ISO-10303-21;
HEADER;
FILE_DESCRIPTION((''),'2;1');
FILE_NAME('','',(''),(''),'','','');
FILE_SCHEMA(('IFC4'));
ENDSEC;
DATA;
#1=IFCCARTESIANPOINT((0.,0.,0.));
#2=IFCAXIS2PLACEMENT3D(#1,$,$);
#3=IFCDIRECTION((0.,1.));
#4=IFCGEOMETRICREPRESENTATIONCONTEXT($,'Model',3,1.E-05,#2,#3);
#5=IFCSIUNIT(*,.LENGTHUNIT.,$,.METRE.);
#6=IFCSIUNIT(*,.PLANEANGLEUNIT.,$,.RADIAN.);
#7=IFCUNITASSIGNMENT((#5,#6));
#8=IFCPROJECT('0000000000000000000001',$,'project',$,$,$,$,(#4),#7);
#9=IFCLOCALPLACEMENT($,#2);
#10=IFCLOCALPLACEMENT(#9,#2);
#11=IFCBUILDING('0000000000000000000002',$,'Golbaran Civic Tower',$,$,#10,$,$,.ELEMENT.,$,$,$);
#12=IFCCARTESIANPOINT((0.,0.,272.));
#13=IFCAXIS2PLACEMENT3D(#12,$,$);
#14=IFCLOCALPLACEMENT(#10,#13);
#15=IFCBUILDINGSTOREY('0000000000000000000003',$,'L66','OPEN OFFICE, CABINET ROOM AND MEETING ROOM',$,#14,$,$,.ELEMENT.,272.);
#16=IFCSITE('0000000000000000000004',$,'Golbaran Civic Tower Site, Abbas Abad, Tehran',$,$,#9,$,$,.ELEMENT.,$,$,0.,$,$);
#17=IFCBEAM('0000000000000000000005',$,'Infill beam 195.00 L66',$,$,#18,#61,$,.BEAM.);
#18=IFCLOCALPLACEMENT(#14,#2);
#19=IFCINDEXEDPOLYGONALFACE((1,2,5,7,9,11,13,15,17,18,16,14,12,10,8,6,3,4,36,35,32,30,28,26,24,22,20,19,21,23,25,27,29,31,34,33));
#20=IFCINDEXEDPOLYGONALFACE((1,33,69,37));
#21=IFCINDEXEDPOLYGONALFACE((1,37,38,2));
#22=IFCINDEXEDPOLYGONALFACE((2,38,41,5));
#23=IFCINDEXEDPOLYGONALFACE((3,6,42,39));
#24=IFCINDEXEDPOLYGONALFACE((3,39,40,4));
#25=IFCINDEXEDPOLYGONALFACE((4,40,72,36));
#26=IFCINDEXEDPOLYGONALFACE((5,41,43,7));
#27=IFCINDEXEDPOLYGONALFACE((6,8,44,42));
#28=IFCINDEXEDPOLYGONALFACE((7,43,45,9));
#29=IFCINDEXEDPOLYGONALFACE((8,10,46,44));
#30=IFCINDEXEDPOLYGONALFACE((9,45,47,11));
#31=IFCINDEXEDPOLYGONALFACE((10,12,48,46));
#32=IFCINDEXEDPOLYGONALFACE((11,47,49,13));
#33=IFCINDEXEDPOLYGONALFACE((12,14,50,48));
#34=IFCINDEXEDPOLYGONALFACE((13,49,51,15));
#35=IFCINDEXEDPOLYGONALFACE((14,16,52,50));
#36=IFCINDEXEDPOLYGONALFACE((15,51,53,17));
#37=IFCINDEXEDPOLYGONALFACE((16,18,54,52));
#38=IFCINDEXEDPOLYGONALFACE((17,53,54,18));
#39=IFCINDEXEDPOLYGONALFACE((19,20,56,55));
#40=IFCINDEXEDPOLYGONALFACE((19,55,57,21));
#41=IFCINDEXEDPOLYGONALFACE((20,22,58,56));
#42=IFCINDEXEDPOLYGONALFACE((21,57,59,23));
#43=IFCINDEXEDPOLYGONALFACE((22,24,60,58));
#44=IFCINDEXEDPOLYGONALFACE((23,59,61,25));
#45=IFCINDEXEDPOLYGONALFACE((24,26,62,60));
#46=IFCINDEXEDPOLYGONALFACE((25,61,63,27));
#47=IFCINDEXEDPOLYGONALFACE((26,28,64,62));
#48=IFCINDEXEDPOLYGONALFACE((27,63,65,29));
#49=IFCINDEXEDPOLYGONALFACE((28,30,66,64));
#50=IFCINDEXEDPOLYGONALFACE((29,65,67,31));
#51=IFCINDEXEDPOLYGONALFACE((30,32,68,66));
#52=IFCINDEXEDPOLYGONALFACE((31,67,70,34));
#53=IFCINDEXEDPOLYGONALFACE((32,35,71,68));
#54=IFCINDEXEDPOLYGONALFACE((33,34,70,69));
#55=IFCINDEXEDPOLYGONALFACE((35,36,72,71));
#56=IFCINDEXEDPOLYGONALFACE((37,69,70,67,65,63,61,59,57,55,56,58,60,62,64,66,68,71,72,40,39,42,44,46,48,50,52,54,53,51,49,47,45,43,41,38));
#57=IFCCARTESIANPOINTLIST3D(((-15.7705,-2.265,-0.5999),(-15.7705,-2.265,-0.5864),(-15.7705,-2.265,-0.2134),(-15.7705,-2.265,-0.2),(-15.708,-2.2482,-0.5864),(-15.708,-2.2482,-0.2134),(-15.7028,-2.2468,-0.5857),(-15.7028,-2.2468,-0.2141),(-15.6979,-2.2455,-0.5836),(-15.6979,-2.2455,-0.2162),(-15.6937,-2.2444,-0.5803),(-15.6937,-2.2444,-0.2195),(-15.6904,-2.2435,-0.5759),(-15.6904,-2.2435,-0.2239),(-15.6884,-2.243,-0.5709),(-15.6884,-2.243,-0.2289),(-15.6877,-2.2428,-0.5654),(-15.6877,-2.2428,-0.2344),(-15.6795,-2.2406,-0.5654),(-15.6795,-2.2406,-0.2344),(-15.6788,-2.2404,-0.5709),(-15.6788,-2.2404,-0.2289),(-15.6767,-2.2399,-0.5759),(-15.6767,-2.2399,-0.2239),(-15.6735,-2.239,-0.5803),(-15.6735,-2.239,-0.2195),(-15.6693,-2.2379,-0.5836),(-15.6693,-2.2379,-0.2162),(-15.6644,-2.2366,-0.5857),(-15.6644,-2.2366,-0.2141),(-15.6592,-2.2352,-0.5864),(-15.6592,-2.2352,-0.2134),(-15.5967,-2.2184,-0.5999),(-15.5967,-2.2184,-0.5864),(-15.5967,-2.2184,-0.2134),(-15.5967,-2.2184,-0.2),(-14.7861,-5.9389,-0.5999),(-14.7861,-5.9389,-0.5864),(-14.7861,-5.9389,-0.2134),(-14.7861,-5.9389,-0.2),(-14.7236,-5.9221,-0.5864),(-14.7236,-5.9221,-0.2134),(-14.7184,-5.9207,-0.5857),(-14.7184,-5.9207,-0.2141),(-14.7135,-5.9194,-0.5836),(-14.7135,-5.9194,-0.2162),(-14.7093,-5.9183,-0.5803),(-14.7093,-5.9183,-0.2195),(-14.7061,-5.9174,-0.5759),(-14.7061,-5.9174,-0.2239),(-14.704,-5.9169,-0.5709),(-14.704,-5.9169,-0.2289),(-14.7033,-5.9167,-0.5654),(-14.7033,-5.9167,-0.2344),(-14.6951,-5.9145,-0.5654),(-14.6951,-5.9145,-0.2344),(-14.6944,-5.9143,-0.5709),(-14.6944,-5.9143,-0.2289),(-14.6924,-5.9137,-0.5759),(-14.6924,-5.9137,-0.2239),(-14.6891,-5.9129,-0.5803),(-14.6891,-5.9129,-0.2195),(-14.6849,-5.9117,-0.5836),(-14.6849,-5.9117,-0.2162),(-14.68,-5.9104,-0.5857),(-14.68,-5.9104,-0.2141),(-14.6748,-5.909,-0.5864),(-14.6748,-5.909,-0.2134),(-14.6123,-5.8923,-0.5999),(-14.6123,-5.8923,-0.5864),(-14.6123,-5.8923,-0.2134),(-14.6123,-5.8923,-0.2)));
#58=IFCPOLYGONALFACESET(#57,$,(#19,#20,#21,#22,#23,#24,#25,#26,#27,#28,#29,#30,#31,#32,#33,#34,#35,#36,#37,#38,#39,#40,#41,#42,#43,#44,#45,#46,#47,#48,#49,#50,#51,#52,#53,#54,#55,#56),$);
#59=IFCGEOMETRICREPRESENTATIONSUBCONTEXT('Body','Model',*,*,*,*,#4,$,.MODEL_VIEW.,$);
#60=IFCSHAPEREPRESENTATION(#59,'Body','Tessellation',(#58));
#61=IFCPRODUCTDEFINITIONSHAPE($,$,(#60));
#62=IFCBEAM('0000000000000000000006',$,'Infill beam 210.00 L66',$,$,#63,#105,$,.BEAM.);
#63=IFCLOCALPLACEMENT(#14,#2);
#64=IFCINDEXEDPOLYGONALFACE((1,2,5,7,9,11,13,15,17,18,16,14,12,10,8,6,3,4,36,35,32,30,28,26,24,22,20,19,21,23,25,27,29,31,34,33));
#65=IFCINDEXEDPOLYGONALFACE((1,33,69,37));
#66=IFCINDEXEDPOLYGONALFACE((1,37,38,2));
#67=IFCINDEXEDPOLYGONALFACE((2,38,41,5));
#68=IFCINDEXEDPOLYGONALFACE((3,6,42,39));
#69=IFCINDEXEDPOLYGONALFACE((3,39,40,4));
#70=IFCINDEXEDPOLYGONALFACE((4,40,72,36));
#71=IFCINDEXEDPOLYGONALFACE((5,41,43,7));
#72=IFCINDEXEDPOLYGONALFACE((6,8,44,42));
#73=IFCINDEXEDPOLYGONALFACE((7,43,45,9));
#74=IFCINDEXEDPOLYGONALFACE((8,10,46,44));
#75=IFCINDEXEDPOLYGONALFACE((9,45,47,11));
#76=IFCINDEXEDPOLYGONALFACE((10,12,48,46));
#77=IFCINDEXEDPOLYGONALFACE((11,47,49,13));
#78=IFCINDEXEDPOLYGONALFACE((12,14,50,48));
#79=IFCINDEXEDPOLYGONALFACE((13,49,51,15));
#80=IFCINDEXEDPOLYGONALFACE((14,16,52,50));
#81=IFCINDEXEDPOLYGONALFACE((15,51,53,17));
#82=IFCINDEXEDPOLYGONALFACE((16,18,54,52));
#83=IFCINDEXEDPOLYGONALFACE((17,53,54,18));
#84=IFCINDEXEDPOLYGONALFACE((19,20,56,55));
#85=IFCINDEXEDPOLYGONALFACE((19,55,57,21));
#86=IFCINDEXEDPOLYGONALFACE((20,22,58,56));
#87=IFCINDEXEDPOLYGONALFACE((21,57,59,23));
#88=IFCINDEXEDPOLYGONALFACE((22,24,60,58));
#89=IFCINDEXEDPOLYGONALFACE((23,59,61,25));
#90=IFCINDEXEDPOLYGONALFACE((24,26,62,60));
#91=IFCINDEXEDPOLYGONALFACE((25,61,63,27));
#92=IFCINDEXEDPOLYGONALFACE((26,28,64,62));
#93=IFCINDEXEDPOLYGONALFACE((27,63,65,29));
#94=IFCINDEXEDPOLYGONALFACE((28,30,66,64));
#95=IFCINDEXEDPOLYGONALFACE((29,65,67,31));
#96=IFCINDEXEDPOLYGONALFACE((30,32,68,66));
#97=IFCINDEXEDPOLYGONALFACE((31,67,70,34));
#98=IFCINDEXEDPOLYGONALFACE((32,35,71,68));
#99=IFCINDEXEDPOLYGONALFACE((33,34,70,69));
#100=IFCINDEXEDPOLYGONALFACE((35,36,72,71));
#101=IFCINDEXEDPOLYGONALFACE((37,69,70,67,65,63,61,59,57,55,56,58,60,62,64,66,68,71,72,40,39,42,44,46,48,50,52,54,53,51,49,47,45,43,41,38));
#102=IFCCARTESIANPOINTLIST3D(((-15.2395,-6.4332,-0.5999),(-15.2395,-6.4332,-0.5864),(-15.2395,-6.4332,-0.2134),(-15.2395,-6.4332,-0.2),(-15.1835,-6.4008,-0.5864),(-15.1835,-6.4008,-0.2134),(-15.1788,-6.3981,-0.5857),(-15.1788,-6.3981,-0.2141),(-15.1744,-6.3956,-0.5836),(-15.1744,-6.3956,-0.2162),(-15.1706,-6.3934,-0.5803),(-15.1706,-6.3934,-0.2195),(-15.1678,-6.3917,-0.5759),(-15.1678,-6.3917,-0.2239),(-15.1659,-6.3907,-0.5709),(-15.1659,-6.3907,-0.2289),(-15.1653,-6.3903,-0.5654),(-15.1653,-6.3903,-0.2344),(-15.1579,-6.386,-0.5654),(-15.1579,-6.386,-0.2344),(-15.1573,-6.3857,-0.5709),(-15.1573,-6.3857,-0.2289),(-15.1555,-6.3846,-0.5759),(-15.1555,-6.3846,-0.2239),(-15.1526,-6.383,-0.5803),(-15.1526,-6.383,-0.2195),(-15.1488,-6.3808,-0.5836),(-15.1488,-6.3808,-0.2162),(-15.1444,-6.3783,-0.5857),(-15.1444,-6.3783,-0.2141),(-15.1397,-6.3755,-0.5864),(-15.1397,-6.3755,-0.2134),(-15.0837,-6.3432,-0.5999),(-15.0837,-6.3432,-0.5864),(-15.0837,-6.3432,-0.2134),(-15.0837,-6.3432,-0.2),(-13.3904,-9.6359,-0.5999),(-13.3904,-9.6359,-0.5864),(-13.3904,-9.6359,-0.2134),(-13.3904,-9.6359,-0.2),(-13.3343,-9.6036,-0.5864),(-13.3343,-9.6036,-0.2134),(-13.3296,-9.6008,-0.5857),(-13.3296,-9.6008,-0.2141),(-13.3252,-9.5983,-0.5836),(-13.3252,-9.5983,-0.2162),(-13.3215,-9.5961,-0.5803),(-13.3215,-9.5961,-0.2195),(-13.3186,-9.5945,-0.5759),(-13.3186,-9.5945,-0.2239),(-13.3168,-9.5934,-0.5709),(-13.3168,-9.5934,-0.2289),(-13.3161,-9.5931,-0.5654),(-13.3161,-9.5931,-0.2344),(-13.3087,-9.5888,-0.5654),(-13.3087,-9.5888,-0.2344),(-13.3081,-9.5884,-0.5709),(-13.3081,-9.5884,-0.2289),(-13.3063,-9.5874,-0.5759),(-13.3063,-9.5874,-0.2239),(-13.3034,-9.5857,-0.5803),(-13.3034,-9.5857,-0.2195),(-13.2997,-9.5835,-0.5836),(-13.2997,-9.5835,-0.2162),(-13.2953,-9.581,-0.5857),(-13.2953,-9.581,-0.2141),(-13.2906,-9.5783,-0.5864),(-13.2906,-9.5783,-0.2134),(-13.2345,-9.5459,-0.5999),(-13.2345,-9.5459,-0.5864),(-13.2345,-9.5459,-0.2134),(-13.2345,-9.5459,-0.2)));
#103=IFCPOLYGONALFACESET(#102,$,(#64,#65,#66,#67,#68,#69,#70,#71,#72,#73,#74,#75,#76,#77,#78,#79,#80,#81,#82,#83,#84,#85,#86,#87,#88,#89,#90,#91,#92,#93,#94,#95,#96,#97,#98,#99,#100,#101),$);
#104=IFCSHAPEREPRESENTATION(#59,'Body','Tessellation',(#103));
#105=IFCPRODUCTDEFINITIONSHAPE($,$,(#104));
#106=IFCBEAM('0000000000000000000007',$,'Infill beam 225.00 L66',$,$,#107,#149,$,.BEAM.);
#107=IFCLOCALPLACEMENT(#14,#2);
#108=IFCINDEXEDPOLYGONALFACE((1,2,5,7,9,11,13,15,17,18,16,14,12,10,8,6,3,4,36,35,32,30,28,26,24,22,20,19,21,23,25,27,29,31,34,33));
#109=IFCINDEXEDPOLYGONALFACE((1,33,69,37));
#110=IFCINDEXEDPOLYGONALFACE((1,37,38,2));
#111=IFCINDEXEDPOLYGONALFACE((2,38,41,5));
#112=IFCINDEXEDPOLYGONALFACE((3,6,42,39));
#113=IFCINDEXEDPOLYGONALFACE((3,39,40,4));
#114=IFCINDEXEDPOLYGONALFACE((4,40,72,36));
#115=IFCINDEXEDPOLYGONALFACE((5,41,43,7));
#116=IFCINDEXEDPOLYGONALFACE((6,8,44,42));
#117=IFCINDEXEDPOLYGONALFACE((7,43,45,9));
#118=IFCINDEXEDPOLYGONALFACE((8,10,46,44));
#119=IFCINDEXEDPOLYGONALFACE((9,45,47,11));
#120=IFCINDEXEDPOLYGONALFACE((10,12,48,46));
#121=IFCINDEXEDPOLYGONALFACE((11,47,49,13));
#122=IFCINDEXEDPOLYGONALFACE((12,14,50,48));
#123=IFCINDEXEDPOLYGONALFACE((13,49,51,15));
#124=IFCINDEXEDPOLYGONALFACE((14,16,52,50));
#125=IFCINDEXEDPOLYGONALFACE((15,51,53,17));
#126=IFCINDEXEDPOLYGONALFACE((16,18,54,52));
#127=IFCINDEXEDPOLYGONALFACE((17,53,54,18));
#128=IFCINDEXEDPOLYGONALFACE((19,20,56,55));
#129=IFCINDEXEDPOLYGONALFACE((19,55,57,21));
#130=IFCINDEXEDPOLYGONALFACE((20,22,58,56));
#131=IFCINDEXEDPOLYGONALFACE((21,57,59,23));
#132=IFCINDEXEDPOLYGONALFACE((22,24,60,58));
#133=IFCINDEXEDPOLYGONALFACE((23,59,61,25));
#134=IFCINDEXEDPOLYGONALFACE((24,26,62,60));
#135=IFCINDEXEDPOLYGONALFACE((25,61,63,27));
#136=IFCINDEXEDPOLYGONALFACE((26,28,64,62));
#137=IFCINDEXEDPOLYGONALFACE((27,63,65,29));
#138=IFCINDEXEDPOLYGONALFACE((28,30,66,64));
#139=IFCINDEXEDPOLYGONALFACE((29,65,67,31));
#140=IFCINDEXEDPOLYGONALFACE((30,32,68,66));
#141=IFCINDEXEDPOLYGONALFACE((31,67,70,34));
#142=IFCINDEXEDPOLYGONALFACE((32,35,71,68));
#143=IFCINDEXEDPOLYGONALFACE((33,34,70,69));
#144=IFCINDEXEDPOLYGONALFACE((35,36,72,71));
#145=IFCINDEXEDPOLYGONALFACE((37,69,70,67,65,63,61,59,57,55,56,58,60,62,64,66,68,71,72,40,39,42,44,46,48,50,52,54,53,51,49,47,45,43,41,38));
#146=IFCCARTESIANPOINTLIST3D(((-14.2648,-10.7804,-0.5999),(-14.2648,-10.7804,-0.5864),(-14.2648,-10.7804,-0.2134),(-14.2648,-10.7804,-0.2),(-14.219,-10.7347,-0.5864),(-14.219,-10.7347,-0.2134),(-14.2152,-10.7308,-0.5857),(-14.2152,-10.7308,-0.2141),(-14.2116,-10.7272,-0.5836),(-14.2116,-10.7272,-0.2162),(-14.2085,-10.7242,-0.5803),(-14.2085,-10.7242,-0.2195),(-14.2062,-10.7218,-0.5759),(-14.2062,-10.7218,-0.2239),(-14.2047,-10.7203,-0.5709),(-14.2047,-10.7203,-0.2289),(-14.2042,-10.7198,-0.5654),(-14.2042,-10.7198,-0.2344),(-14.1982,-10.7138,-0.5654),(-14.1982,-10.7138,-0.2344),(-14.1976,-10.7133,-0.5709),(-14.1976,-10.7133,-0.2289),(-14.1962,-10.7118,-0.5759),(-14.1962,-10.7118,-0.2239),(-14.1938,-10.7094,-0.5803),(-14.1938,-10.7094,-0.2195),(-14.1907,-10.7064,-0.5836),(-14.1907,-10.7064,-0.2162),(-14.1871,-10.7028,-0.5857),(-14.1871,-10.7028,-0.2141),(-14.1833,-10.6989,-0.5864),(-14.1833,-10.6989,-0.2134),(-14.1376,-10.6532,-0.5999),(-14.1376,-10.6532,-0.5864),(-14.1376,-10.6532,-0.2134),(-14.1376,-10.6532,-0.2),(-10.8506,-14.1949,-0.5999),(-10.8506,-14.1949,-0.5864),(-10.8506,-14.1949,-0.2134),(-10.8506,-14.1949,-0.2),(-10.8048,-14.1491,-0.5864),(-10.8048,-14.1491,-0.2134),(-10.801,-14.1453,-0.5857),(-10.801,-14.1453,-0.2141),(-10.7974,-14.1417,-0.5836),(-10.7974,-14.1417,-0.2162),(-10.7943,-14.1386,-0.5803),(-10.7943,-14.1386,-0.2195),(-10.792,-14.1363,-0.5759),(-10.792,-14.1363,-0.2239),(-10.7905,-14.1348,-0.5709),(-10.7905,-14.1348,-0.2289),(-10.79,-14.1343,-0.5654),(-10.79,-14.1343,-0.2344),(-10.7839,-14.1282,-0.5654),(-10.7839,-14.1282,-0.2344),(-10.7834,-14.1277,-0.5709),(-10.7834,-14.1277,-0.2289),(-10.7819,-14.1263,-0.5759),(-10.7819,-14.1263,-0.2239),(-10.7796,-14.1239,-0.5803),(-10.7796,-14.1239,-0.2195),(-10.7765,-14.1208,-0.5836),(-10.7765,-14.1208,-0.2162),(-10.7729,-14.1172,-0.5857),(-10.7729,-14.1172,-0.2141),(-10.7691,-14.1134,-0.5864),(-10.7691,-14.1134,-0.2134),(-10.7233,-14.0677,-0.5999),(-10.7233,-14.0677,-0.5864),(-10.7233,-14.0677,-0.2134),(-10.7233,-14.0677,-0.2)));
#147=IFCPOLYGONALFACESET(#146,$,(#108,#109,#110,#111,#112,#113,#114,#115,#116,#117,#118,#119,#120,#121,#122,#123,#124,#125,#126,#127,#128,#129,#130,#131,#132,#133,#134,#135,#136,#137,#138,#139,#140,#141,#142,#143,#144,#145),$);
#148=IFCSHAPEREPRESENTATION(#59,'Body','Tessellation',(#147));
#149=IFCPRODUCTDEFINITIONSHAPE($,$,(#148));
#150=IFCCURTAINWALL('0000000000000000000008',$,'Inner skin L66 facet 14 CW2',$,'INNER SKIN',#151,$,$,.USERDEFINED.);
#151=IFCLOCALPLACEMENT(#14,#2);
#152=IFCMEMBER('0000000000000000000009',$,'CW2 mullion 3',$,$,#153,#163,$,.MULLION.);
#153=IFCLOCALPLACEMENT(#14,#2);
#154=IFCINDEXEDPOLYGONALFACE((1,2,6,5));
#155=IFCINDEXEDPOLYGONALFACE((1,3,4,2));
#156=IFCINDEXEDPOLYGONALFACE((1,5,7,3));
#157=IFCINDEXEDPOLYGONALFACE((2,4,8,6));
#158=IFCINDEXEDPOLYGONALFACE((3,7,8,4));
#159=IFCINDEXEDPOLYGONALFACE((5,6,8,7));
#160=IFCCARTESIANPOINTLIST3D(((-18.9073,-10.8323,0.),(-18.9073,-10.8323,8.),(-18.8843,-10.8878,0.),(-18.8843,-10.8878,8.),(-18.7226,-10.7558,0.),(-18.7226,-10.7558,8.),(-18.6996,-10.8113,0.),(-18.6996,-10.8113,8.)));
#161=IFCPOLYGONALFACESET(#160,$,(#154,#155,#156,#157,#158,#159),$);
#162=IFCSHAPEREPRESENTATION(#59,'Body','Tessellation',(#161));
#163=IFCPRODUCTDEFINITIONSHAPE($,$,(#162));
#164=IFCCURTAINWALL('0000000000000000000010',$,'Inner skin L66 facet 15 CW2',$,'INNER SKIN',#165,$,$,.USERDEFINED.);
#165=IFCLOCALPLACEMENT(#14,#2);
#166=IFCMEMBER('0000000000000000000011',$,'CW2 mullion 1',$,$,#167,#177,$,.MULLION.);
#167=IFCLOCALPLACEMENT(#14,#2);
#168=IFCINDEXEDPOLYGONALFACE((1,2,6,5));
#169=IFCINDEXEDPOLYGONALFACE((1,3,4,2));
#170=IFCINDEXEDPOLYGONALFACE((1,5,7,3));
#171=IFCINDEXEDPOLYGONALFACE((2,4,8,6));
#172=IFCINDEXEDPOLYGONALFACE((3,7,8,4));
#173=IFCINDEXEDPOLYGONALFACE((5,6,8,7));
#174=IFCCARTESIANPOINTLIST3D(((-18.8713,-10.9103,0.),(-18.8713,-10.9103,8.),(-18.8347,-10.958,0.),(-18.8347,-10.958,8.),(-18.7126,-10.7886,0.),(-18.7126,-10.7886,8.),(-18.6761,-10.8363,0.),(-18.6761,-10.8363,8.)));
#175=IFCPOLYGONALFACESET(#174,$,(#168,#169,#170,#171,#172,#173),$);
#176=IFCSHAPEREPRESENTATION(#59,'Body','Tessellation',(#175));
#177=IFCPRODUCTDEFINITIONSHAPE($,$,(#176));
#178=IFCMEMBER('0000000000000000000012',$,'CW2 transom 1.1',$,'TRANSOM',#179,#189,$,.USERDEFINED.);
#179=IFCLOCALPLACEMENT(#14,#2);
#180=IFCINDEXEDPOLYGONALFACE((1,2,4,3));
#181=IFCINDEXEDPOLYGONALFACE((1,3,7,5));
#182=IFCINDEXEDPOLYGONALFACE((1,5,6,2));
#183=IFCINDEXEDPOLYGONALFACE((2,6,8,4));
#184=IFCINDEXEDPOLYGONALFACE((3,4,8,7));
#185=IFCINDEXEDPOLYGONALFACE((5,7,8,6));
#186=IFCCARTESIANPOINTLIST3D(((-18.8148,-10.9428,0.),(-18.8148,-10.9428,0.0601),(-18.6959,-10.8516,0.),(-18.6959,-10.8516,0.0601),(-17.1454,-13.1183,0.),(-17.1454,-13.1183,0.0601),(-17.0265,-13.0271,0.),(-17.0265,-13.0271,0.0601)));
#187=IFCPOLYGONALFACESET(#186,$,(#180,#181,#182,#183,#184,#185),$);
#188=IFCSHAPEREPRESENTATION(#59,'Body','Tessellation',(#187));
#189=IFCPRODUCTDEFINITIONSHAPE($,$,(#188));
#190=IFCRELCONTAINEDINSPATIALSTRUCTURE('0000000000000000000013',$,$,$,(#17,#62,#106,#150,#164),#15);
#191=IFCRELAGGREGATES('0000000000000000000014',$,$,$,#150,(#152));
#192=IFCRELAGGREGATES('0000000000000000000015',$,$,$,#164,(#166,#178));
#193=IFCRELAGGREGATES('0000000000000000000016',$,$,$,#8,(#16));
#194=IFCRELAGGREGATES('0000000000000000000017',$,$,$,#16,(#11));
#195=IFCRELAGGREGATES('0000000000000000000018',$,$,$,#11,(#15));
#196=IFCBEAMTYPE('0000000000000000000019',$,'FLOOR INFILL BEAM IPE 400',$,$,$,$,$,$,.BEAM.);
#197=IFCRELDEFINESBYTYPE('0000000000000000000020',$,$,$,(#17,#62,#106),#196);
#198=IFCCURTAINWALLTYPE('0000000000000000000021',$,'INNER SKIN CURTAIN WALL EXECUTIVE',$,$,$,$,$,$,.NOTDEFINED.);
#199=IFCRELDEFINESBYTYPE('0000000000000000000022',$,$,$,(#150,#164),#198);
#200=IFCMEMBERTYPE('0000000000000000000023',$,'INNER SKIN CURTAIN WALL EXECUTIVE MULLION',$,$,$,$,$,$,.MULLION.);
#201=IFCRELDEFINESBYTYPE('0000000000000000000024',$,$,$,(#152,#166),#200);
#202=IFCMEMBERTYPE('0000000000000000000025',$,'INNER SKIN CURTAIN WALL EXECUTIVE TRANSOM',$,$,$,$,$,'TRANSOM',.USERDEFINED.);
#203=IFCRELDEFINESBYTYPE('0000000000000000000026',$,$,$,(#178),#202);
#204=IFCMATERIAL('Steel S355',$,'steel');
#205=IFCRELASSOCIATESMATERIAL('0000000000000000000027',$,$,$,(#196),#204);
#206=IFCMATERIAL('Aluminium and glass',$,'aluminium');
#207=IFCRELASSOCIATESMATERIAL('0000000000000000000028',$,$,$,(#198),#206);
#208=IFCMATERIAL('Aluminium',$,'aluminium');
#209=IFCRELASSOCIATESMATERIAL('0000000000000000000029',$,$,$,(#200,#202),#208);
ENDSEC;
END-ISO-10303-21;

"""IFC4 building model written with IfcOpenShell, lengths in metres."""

from ifc_helpers import new_model, si_unit, direction, frame, origin, origin_2d, place, context, subcontext, project, spatial, rectangle, i_section, extrude, material, material_profile, profile_set, type_object, element, aggregate, save


model = new_model("IFC4")

# Units and contexts
model_context = context("Model", 3, precision=1e-05, world=origin(), true_north=direction((0.0, 1.0)))
body_context = subcontext(model_context, "Body", "Model", "MODEL_VIEW")
ifc_project = project(units=[si_unit("LENGTHUNIT", "METRE"), si_unit("PLANEANGLEUNIT", "RADIAN")], contexts=[model_context])

# Site, building, storey
site_placement = place(None, origin())
site = spatial("IfcSite", under=ifc_project, at=site_placement, Name="Golbaran Civic Tower Site, Abbas Abad, Tehran", CompositionType="ELEMENT", RefElevation=0.0)
building_placement = place(site_placement, origin())
building = spatial("IfcBuilding", under=site, at=building_placement, Name="Golbaran Civic Tower", CompositionType="ELEMENT")
storey_placement = place(building_placement, frame((0.0, 0.0, 272.0)))
storey = spatial("IfcBuildingStorey", under=building, at=storey_placement, Name="L66", Description="OPEN OFFICE, CABINET ROOM AND MEETING ROOM", CompositionType="ELEMENT", Elevation=272.0)

# Beams
ifc_material_1 = material(Name="Steel S355", Category="steel")
ifc_material_profile_1 = material_profile(ifc_material_1, i_section(OverallWidth=0.1799, OverallDepth=0.3999, WebThickness=0.0085, FlangeThickness=0.0134, FilletRadius=0.021, at=origin_2d()), Name="IPE 400")
ifc_profile_set_1 = profile_set([ifc_material_profile_1], Name="Steel S355")
beam_type_1 = type_object("IfcBeamType", Name="FLOOR INFILL BEAM IPE 400", PredefinedType="BEAM", material=ifc_profile_set_1)
beam_1_placement = place(storey_placement, frame((-15.6836, -2.2417, -0.3999), z_axis=(0.258813, -0.965927, 0.0), x_axis=(0.965927, 0.258813, 0.0)))
element("IfcBeam", 1, at=beam_1_placement, inside=storey, type_object=beam_type_1, Name="Infill beam 195.00 L66", PredefinedType="BEAM", context=body_context, shape_type="SweptSolid", body=[
    extrude(i_section(OverallWidth=0.1799, OverallDepth=0.3999, WebThickness=0.0085, FlangeThickness=0.0134, FilletRadius=0.021, at=origin_2d()), origin(), (0.0, 0.0, 1.0), 3.8035),
])
beam_2_placement = place(storey_placement, frame((-15.1616, -6.3882, -0.3999), z_axis=(0.500016, -0.866016, 0.0), x_axis=(0.866016, 0.500016, 0.0)))
element("IfcBeam", 2, at=beam_2_placement, inside=storey, type_object=beam_type_1, Name="Infill beam 210.00 L66", PredefinedType="BEAM", context=body_context, shape_type="SweptSolid", body=[
    extrude(i_section(OverallWidth=0.1799, OverallDepth=0.3999, WebThickness=0.0085, FlangeThickness=0.0134, FilletRadius=0.021, at=origin_2d()), origin(), (0.0, 0.0, 1.0), 3.6982),
])
beam_3_placement = place(storey_placement, frame((-14.2012, -10.7168, -0.3999), z_axis=(0.707082, -0.707132, 0.0), x_axis=(0.707132, 0.707082, 0.0)))
element("IfcBeam", 3, at=beam_3_placement, inside=storey, type_object=beam_type_1, Name="Infill beam 225.00 L66", PredefinedType="BEAM", context=body_context, shape_type="SweptSolid", body=[
    extrude(i_section(OverallWidth=0.1799, OverallDepth=0.3999, WebThickness=0.0085, FlangeThickness=0.0134, FilletRadius=0.021, at=origin_2d()), origin(), (0.0, 0.0, 1.0), 4.8286),
])

# Curtain wall, member
ifc_material_2 = material(Name="Aluminium and glass", Category="aluminium")
curtain_wall_type = type_object("IfcCurtainWallType", Name="INNER SKIN CURTAIN WALL EXECUTIVE", PredefinedType="NOTDEFINED", material=ifc_material_2)
curtain_wall_1_placement = place(storey_placement, origin())
curtain_wall_1 = element("IfcCurtainWall", 4, at=curtain_wall_1_placement, inside=storey, type_object=curtain_wall_type, Name="Inner skin L66 facet 14 CW2", ObjectType="INNER SKIN", PredefinedType="USERDEFINED")
ifc_material_3 = material(Name="Aluminium", Category="aluminium")
ifc_material_profile_2 = material_profile(ifc_material_3, rectangle(XDim=0.2, YDim=0.0601, at=origin_2d()), Name="INNER SKIN CURTAIN WALL EXECUTIVE MULLION")
ifc_profile_set_2 = profile_set([ifc_material_profile_2], Name="Aluminium")
member_type_1 = type_object("IfcMemberType", Name="INNER SKIN CURTAIN WALL EXECUTIVE MULLION", PredefinedType="MULLION", material=ifc_profile_set_2)
member_1_placement = place(storey_placement, frame((-18.8035, -10.8218, 0.0), z_axis=(0.0, 0.0, 1.0), x_axis=(0.92388, 0.382683, 0.0)))
member_1 = element("IfcMember", 5, at=member_1_placement, type_object=member_type_1, Name="CW2 mullion 3", PredefinedType="MULLION", context=body_context, shape_type="SweptSolid", body=[
    extrude(rectangle(XDim=0.2, YDim=0.0601, at=origin_2d()), origin(), (0.0, 0.0, 1.0), 8.0),
])

# Curtain wall, members
curtain_wall_2_placement = place(storey_placement, origin())
curtain_wall_2 = element("IfcCurtainWall", 6, at=curtain_wall_2_placement, inside=storey, type_object=curtain_wall_type, Name="Inner skin L66 facet 15 CW2", ObjectType="INNER SKIN", PredefinedType="USERDEFINED")
member_2_placement = place(storey_placement, frame((-18.7737, -10.8733, 0.0), z_axis=(0.0, 0.0, 1.0), x_axis=(0.793353, 0.608761, 0.0)))
member_2 = element("IfcMember", 7, at=member_2_placement, type_object=member_type_1, Name="CW2 mullion 1", PredefinedType="MULLION", context=body_context, shape_type="SweptSolid", body=[
    extrude(rectangle(XDim=0.2, YDim=0.0601, at=origin_2d()), origin(), (0.0, 0.0, 1.0), 8.0),
])
ifc_material_profile_3 = material_profile(ifc_material_3, rectangle(XDim=0.1499, YDim=0.0601, at=origin_2d()), Name="INNER SKIN CURTAIN WALL EXECUTIVE TRANSOM")
ifc_profile_set_3 = profile_set([ifc_material_profile_3], Name="Aluminium")
member_type_2 = type_object("IfcMemberType", Name="INNER SKIN CURTAIN WALL EXECUTIVE TRANSOM", ElementType="TRANSOM", PredefinedType="USERDEFINED", material=ifc_profile_set_3)
member_3_placement = place(storey_placement, frame((-18.7554, -10.8972, 0.03), z_axis=(0.608781, -0.793338, 0.0), x_axis=(0.793338, 0.608781, 0.0)))
member_3 = element("IfcMember", 8, at=member_3_placement, type_object=member_type_2, Name="CW2 transom 1.1", ObjectType="TRANSOM", PredefinedType="USERDEFINED", context=body_context, shape_type="SweptSolid", body=[
    extrude(rectangle(XDim=0.1499, YDim=0.0601, at=origin_2d()), origin(), (0.0, 0.0, 1.0), 2.7422),
])

aggregate(curtain_wall_1, [member_1])
aggregate(curtain_wall_2, [member_2, member_3])

save(model, "model.ifc")
